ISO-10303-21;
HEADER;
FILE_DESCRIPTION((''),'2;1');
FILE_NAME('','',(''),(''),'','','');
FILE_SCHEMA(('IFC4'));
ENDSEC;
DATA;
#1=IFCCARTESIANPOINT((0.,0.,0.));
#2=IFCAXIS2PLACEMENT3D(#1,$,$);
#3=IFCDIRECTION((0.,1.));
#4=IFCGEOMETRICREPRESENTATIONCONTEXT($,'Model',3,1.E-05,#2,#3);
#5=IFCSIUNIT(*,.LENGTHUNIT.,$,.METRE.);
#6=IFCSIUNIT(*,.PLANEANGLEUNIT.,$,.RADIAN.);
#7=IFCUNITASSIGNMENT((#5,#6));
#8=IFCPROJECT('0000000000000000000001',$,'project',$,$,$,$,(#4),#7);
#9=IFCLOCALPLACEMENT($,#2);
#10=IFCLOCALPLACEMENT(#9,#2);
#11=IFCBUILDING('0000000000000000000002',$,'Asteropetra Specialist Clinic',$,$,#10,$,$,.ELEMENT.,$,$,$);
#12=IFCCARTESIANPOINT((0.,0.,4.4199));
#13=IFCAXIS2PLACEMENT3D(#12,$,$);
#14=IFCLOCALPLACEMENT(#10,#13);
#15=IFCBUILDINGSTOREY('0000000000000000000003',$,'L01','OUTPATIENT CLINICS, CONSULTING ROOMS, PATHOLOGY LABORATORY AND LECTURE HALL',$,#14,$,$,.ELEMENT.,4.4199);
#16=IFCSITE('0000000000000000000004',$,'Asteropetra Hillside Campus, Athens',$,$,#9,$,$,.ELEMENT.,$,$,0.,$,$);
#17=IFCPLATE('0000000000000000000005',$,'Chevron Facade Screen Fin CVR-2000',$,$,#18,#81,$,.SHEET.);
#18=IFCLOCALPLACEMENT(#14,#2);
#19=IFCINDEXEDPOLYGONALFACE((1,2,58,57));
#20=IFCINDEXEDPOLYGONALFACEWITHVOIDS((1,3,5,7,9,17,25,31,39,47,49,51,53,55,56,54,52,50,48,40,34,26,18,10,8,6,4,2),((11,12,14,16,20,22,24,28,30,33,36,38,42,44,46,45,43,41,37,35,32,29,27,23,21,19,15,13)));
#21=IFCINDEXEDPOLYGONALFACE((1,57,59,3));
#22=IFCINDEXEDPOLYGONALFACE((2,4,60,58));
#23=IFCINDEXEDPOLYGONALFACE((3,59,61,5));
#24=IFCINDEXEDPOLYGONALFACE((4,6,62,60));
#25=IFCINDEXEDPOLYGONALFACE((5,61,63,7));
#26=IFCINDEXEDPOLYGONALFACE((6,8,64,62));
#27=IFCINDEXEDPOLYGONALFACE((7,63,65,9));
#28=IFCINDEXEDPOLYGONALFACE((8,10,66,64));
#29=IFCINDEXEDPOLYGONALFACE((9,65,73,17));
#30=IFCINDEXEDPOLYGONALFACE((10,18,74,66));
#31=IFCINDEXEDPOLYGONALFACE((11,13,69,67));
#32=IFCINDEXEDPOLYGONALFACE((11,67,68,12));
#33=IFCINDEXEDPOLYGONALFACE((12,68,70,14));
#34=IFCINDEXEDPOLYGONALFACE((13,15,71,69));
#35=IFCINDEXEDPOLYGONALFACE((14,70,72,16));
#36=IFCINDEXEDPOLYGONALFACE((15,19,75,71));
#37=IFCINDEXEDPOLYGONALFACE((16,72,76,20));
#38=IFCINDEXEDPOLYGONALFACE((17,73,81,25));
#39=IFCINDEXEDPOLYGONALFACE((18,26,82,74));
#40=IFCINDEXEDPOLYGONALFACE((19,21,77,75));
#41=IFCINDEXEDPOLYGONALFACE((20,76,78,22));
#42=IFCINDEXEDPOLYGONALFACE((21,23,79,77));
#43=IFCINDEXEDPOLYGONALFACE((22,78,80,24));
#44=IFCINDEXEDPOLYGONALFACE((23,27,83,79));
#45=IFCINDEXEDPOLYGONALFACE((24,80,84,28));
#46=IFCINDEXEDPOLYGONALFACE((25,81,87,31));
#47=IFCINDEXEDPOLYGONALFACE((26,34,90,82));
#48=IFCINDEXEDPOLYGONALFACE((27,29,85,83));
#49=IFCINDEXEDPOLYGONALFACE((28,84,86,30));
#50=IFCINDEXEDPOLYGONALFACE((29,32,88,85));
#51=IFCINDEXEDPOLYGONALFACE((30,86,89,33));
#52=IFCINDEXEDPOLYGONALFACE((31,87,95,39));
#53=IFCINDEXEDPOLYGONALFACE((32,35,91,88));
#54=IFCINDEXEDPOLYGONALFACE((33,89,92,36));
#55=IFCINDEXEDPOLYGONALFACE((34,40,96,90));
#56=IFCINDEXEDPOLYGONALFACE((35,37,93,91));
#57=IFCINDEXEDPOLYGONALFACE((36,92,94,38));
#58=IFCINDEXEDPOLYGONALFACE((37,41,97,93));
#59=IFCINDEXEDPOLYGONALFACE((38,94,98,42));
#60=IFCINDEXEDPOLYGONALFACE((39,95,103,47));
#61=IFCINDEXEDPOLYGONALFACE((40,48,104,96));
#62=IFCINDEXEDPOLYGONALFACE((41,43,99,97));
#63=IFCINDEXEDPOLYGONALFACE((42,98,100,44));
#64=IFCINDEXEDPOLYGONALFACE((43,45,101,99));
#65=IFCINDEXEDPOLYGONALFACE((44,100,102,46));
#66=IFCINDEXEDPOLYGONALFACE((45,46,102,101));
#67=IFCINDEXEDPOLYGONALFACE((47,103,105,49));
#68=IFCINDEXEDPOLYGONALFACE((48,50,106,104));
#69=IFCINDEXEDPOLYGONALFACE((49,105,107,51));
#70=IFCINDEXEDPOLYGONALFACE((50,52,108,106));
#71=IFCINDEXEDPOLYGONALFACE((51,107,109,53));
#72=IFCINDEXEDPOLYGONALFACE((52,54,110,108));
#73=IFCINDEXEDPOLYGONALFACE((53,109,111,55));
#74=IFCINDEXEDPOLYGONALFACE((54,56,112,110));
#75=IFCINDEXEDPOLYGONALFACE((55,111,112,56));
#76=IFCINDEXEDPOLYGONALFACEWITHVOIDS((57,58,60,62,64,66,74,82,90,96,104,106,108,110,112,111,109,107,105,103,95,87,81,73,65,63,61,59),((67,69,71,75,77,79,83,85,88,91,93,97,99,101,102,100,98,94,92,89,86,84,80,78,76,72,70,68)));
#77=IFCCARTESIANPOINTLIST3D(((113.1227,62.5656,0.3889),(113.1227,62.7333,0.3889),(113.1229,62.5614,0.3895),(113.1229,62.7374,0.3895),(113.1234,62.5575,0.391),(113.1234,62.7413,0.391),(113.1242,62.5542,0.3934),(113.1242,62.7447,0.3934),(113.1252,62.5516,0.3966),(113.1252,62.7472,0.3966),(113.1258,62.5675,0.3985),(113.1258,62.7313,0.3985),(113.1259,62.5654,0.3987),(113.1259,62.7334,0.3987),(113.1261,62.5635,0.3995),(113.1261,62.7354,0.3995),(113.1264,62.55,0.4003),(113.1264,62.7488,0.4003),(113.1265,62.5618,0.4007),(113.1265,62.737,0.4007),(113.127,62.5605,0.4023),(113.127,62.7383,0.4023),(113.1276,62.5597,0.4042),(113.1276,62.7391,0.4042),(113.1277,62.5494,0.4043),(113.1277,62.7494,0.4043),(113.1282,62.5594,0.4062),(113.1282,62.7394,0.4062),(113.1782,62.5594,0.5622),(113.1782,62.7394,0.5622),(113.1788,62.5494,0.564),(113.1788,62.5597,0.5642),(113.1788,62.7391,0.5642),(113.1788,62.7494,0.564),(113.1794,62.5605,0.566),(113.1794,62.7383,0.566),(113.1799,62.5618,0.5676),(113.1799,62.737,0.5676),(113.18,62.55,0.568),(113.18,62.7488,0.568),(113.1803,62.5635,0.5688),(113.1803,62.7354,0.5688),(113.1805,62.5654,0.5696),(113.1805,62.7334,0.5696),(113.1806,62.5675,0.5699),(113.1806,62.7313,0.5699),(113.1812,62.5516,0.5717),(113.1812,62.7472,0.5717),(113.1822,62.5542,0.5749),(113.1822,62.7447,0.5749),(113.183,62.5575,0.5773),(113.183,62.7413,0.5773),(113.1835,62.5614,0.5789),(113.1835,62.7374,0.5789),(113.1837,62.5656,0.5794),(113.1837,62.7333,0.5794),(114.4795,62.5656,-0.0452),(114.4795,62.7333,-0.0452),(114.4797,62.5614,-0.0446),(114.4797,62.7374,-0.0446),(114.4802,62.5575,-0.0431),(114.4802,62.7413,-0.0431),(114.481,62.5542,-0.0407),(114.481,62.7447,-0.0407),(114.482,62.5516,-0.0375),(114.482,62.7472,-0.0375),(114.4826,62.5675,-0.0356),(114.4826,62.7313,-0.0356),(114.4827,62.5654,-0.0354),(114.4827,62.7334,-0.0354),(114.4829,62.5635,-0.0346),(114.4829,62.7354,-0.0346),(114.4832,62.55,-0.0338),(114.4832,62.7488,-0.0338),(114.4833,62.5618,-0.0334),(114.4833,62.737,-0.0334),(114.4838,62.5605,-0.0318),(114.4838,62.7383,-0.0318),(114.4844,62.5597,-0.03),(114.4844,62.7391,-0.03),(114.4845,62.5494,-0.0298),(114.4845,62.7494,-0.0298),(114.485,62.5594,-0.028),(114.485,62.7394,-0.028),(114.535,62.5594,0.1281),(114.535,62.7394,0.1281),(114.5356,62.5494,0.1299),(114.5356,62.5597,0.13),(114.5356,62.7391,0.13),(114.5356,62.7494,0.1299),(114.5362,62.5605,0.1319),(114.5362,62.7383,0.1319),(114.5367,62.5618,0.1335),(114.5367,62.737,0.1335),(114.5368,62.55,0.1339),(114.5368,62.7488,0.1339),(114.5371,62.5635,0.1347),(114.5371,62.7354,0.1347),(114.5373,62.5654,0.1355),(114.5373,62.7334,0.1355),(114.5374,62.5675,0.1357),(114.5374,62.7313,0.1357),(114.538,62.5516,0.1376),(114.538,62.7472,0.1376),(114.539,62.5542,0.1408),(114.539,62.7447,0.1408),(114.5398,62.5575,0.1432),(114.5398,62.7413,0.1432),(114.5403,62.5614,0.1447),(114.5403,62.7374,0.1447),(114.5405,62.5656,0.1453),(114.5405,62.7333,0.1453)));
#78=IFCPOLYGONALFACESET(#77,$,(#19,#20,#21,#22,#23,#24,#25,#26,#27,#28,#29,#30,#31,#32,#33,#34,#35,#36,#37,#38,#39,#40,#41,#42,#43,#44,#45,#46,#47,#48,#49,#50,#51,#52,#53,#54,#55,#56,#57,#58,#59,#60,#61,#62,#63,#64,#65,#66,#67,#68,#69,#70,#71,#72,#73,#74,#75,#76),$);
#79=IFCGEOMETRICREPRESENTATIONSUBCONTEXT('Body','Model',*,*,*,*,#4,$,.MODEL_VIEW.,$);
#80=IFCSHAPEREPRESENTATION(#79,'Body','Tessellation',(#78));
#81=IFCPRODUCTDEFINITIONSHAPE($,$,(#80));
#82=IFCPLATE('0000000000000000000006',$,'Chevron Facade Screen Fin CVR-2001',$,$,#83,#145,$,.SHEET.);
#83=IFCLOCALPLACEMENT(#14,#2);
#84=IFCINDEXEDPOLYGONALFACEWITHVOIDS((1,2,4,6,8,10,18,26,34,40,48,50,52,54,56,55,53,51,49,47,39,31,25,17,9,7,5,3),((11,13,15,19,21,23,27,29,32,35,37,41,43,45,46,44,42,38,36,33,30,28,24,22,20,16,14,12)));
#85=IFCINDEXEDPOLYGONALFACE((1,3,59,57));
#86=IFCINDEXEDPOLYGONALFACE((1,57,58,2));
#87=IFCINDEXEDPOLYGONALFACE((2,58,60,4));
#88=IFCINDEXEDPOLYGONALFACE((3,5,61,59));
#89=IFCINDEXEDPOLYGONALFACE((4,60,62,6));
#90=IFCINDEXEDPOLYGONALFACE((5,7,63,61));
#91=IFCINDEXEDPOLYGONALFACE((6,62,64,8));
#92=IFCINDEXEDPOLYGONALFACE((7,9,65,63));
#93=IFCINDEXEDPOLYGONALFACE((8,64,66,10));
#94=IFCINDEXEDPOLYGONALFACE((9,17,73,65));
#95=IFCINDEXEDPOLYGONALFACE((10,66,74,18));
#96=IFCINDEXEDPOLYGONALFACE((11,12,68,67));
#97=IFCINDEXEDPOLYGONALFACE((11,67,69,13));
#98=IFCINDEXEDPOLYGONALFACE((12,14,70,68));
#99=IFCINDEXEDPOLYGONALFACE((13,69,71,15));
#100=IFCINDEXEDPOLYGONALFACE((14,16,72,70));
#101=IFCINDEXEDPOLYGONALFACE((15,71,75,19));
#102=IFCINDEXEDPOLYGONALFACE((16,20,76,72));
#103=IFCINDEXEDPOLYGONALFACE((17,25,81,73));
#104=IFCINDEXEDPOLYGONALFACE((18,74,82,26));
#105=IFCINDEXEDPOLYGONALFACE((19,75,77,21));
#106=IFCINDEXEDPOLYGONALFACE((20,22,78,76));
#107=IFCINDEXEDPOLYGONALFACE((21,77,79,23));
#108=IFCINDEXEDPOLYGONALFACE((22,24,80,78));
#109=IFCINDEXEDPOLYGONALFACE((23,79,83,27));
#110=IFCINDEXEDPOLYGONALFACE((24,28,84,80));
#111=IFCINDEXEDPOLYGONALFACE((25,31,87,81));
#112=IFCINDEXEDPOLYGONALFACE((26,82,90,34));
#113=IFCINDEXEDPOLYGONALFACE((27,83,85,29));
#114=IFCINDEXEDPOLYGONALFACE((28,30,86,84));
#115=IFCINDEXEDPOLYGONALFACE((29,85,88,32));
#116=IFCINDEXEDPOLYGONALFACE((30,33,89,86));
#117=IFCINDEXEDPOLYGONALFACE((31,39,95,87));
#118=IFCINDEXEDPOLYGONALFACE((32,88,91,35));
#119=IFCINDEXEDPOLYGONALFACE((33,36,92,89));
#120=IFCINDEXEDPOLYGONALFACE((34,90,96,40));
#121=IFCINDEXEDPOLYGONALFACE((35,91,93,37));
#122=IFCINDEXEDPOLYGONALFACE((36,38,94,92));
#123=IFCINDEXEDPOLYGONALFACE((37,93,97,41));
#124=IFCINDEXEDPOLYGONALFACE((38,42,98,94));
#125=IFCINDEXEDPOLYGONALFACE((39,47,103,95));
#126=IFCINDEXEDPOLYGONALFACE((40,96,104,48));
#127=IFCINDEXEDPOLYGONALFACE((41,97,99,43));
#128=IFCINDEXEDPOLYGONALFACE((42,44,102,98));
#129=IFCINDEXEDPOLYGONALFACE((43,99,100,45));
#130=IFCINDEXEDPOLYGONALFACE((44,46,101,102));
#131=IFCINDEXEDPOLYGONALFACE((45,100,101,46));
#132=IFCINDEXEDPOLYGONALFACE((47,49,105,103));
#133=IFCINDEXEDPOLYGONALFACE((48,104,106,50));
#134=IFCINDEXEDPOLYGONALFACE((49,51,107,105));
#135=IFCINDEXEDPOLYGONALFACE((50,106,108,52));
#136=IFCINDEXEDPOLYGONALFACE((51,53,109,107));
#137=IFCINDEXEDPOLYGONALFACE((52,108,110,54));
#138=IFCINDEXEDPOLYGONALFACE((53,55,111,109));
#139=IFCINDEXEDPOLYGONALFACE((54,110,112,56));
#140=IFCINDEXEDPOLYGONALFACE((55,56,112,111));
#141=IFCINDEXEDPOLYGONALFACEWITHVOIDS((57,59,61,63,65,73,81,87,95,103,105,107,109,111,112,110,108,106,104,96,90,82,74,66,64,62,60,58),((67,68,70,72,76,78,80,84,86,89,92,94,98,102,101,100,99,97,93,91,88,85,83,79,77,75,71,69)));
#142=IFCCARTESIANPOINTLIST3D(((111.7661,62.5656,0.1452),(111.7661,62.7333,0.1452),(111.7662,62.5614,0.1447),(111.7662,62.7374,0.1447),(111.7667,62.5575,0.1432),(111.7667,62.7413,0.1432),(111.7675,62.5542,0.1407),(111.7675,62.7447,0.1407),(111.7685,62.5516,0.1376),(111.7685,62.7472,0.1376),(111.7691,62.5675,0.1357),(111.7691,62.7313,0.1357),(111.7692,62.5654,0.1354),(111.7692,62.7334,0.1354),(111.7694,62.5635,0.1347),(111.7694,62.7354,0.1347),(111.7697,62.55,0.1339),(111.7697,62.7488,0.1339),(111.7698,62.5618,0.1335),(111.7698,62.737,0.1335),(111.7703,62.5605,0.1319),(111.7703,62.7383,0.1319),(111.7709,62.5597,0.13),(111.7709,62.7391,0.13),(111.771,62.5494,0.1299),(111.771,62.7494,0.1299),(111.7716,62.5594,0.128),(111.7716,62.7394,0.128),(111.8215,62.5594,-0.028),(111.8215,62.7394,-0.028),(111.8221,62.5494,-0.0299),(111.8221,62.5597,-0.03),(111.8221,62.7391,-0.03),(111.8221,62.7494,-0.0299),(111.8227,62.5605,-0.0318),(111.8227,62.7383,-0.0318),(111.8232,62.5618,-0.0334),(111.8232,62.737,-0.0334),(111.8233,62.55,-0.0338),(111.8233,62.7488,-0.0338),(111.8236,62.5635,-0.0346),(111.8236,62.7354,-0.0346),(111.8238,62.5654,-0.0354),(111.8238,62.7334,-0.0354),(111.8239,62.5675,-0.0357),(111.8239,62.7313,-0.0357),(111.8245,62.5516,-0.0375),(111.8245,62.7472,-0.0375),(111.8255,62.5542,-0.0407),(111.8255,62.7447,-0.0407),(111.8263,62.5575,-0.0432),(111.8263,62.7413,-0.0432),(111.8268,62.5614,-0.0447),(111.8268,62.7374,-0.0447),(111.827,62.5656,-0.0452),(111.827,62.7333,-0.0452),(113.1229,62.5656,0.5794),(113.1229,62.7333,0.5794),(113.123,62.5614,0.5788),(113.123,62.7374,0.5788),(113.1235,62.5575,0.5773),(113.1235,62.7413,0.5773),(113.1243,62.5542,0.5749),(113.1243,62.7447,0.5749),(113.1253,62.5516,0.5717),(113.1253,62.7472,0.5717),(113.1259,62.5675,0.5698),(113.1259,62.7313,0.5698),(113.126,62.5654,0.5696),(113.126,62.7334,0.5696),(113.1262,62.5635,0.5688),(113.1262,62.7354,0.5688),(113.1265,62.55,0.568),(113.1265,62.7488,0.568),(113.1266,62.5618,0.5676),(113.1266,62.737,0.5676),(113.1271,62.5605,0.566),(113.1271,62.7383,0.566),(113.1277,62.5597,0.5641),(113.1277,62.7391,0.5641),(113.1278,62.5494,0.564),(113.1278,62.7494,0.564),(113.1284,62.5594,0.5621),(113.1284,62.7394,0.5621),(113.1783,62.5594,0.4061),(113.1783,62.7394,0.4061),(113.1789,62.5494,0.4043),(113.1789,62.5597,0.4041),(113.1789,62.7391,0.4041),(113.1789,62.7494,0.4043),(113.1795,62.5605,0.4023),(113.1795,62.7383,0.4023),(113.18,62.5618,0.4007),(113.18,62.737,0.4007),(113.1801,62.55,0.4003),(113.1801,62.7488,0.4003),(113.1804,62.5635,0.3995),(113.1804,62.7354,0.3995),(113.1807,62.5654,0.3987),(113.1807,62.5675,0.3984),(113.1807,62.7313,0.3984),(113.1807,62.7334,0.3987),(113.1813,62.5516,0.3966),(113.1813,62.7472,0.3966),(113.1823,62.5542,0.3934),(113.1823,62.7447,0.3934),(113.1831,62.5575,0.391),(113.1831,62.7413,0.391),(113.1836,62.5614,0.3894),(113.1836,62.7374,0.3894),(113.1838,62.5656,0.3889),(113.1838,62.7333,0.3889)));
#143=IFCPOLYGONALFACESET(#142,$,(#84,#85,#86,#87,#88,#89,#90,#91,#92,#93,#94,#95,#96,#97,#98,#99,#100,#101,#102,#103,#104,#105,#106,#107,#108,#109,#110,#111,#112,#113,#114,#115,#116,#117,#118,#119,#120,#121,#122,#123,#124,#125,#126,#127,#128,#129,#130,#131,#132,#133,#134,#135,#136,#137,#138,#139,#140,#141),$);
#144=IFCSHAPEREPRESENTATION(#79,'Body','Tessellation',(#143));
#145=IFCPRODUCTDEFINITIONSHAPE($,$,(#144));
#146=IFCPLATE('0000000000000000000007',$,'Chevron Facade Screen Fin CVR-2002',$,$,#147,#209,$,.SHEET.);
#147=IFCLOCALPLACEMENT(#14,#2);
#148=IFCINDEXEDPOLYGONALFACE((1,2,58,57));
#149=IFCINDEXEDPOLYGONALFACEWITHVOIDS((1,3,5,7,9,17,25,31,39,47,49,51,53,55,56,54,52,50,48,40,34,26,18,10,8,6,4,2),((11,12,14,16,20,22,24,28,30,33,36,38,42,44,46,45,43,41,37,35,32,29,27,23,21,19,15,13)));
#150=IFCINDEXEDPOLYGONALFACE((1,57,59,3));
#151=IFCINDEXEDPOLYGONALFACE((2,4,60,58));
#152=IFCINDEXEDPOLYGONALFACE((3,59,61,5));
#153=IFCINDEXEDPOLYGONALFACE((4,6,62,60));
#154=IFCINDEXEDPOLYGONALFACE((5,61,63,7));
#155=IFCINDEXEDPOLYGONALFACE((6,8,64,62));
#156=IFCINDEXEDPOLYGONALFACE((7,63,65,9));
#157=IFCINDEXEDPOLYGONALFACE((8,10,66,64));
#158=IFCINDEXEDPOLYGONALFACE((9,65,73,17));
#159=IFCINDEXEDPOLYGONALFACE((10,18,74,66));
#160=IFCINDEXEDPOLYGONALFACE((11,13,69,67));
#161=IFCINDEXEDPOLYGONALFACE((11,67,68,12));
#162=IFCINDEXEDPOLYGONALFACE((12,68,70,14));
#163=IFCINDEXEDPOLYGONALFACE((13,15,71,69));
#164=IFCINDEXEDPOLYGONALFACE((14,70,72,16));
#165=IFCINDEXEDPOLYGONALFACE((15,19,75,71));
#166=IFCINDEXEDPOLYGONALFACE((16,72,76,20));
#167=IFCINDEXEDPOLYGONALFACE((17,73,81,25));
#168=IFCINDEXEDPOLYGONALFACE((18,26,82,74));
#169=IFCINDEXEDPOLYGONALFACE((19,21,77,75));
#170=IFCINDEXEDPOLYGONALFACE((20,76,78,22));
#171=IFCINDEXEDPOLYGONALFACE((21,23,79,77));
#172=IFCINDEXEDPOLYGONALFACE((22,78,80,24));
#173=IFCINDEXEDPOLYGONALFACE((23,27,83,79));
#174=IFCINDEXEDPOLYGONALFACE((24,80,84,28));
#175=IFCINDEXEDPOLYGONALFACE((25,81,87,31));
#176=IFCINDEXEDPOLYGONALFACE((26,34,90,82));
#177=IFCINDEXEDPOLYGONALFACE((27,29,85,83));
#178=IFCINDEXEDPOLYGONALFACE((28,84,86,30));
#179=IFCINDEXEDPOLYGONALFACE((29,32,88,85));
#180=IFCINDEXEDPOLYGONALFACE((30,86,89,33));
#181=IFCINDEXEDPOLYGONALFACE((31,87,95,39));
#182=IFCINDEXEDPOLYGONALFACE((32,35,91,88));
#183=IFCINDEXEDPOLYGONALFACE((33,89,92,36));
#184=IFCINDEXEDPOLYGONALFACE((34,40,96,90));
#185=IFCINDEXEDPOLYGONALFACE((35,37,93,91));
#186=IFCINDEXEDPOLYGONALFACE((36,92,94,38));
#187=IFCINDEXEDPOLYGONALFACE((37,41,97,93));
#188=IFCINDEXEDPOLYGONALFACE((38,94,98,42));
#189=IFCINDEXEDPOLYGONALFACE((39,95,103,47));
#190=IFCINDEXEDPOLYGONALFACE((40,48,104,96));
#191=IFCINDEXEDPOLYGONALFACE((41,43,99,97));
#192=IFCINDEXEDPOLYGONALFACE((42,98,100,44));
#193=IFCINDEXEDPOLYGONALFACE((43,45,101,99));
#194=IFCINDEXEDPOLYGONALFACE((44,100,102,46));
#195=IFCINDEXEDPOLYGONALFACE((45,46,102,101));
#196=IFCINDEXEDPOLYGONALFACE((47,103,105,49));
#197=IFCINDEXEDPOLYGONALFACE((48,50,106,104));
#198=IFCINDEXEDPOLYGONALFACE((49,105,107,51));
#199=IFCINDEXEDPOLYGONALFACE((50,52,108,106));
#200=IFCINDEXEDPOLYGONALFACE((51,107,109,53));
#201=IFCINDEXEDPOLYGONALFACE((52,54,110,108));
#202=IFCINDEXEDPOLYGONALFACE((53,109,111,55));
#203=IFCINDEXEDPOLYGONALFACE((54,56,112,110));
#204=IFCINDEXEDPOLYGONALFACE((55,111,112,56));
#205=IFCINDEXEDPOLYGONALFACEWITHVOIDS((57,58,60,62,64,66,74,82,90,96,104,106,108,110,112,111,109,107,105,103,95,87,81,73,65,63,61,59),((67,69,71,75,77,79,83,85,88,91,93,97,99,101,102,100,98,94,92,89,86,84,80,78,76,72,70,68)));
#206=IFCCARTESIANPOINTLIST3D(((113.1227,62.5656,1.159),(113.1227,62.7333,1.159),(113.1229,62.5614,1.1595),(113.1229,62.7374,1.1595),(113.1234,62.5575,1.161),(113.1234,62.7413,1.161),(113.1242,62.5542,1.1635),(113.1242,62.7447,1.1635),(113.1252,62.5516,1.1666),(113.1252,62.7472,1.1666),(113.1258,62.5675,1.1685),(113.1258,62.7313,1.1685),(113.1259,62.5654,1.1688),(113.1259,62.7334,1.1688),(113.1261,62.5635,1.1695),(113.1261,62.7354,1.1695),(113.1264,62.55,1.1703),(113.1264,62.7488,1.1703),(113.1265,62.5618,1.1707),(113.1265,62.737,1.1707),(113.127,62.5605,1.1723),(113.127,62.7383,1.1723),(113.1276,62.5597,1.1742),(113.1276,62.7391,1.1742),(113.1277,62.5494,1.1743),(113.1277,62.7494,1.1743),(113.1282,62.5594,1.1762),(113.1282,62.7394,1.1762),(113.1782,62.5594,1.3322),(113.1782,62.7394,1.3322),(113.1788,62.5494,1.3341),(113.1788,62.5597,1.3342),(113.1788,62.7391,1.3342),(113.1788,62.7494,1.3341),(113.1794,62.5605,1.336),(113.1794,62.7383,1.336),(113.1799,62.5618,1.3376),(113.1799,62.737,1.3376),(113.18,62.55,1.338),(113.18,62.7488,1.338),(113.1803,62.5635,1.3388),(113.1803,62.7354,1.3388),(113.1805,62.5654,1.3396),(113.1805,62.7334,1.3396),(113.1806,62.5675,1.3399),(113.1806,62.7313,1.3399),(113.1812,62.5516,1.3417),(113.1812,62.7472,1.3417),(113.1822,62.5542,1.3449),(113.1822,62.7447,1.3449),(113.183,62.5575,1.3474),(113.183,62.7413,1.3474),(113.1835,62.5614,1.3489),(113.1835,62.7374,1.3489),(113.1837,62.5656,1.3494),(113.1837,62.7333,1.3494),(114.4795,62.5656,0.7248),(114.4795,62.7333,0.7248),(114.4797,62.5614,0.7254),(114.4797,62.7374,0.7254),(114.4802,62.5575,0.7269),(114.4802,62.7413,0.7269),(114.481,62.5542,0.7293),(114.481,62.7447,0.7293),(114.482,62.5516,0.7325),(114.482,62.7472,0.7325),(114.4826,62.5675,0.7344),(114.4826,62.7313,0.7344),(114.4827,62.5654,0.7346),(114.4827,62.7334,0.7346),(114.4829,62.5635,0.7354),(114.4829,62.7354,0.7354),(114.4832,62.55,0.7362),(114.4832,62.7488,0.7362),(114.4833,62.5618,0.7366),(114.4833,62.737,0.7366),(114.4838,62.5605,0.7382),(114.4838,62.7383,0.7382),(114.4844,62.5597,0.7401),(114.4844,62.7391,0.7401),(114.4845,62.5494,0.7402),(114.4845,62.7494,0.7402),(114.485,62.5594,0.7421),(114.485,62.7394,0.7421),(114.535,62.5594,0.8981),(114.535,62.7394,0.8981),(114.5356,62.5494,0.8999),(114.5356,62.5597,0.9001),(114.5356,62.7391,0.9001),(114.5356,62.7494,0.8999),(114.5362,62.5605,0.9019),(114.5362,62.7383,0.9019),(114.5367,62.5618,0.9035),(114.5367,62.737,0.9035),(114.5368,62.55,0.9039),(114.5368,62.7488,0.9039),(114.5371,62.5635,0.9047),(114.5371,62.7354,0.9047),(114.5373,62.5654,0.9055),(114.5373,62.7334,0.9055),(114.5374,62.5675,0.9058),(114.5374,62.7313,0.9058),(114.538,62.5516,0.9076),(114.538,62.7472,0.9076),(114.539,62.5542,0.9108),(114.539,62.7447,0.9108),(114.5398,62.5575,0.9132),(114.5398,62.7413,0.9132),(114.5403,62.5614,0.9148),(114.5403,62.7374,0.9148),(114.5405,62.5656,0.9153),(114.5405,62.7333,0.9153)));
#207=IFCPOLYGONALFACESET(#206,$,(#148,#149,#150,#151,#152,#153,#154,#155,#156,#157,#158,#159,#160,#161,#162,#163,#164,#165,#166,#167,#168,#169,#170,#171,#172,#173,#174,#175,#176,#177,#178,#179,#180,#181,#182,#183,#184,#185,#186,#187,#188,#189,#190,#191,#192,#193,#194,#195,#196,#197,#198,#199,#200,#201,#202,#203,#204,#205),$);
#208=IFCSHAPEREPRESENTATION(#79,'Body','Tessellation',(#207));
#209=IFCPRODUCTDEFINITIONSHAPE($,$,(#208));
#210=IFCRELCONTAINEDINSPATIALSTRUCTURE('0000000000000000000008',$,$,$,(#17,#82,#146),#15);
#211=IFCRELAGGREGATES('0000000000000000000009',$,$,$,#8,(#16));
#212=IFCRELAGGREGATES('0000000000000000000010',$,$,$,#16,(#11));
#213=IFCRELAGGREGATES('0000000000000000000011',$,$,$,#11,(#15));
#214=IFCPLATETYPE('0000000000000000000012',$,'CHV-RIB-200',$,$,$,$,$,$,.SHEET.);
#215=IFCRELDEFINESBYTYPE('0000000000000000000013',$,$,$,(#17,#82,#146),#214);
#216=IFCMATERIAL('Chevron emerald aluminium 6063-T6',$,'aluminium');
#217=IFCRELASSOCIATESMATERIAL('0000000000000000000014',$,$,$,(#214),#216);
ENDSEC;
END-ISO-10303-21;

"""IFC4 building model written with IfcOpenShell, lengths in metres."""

from ifc_helpers import new_model, si_unit, direction, frame, origin, origin_2d, place, context, subcontext, project, spatial, hollow_rectangle, extrude, material, material_profile, profile_set, type_object, element, save


model = new_model("IFC4")

# Units and contexts
model_context = context("Model", 3, precision=1e-05, world=origin(), true_north=direction((0.0, 1.0)))
body_context = subcontext(model_context, "Body", "Model", "MODEL_VIEW")
ifc_project = project(units=[si_unit("LENGTHUNIT", "METRE"), si_unit("PLANEANGLEUNIT", "RADIAN")], contexts=[model_context])

# Site, building, storey
site_placement = place(None, origin())
site = spatial("IfcSite", under=ifc_project, at=site_placement, Name="Asteropetra Hillside Campus, Athens", CompositionType="ELEMENT", RefElevation=0.0)
building_placement = place(site_placement, origin())
building = spatial("IfcBuilding", under=site, at=building_placement, Name="Asteropetra Specialist Clinic", CompositionType="ELEMENT")
storey_placement = place(building_placement, frame((0.0, 0.0, 4.4199)))
storey = spatial("IfcBuildingStorey", under=building, at=storey_placement, Name="L01", Description="OUTPATIENT CLINICS, CONSULTING ROOMS, PATHOLOGY LABORATORY AND LECTURE HALL", CompositionType="ELEMENT", Elevation=4.4199)

# Plates
ifc_material_1 = material(Name="Chevron emerald aluminium 6063-T6", Category="aluminium")
ifc_material_profile = material_profile(ifc_material_1, hollow_rectangle(XDim=0.2, YDim=0.2, WallThickness=0.01, InnerFilletRadius=0.0081, OuterFilletRadius=0.0161, at=origin_2d()), Name="SHS 200x200x10.0")
ifc_profile_set = profile_set([ifc_material_profile], Name="Chevron emerald aluminium 6063-T6")
plate_type = type_object("IfcPlateType", Name="CHV-RIB-200", PredefinedType="SHEET", material=ifc_profile_set)
for number, where, z_axis, x_axis, name in (
    (1, (114.51, 62.6494, 0.05), (-0.952436, 0.0, 0.304738), (0.0, -1.0, 0.0), "Chevron Facade Screen Fin CVR-2000"),
    (2, (113.1533, 62.6494, 0.4841), (-0.952436, 0.0, -0.304738), (0.0, -1.0, 0.0), "Chevron Facade Screen Fin CVR-2001"),
    (3, (114.51, 62.6494, 0.8201), (-0.952436, 0.0, 0.304738), (0.0, -1.0, 0.0), "Chevron Facade Screen Fin CVR-2002"),
):
    element("IfcPlate", number, at=place(storey_placement, frame(where, z_axis=z_axis, x_axis=x_axis)), inside=storey, type_object=plate_type, Name=name, PredefinedType="SHEET", context=body_context, shape_type="SweptSolid", body=[
        extrude(hollow_rectangle(XDim=0.2, YDim=0.2, WallThickness=0.01, InnerFilletRadius=0.0081, OuterFilletRadius=0.0161, at=origin_2d()), origin(), (0.0, 0.0, 1.0), 1.4246),
    ])

save(model, "model.ifc")
